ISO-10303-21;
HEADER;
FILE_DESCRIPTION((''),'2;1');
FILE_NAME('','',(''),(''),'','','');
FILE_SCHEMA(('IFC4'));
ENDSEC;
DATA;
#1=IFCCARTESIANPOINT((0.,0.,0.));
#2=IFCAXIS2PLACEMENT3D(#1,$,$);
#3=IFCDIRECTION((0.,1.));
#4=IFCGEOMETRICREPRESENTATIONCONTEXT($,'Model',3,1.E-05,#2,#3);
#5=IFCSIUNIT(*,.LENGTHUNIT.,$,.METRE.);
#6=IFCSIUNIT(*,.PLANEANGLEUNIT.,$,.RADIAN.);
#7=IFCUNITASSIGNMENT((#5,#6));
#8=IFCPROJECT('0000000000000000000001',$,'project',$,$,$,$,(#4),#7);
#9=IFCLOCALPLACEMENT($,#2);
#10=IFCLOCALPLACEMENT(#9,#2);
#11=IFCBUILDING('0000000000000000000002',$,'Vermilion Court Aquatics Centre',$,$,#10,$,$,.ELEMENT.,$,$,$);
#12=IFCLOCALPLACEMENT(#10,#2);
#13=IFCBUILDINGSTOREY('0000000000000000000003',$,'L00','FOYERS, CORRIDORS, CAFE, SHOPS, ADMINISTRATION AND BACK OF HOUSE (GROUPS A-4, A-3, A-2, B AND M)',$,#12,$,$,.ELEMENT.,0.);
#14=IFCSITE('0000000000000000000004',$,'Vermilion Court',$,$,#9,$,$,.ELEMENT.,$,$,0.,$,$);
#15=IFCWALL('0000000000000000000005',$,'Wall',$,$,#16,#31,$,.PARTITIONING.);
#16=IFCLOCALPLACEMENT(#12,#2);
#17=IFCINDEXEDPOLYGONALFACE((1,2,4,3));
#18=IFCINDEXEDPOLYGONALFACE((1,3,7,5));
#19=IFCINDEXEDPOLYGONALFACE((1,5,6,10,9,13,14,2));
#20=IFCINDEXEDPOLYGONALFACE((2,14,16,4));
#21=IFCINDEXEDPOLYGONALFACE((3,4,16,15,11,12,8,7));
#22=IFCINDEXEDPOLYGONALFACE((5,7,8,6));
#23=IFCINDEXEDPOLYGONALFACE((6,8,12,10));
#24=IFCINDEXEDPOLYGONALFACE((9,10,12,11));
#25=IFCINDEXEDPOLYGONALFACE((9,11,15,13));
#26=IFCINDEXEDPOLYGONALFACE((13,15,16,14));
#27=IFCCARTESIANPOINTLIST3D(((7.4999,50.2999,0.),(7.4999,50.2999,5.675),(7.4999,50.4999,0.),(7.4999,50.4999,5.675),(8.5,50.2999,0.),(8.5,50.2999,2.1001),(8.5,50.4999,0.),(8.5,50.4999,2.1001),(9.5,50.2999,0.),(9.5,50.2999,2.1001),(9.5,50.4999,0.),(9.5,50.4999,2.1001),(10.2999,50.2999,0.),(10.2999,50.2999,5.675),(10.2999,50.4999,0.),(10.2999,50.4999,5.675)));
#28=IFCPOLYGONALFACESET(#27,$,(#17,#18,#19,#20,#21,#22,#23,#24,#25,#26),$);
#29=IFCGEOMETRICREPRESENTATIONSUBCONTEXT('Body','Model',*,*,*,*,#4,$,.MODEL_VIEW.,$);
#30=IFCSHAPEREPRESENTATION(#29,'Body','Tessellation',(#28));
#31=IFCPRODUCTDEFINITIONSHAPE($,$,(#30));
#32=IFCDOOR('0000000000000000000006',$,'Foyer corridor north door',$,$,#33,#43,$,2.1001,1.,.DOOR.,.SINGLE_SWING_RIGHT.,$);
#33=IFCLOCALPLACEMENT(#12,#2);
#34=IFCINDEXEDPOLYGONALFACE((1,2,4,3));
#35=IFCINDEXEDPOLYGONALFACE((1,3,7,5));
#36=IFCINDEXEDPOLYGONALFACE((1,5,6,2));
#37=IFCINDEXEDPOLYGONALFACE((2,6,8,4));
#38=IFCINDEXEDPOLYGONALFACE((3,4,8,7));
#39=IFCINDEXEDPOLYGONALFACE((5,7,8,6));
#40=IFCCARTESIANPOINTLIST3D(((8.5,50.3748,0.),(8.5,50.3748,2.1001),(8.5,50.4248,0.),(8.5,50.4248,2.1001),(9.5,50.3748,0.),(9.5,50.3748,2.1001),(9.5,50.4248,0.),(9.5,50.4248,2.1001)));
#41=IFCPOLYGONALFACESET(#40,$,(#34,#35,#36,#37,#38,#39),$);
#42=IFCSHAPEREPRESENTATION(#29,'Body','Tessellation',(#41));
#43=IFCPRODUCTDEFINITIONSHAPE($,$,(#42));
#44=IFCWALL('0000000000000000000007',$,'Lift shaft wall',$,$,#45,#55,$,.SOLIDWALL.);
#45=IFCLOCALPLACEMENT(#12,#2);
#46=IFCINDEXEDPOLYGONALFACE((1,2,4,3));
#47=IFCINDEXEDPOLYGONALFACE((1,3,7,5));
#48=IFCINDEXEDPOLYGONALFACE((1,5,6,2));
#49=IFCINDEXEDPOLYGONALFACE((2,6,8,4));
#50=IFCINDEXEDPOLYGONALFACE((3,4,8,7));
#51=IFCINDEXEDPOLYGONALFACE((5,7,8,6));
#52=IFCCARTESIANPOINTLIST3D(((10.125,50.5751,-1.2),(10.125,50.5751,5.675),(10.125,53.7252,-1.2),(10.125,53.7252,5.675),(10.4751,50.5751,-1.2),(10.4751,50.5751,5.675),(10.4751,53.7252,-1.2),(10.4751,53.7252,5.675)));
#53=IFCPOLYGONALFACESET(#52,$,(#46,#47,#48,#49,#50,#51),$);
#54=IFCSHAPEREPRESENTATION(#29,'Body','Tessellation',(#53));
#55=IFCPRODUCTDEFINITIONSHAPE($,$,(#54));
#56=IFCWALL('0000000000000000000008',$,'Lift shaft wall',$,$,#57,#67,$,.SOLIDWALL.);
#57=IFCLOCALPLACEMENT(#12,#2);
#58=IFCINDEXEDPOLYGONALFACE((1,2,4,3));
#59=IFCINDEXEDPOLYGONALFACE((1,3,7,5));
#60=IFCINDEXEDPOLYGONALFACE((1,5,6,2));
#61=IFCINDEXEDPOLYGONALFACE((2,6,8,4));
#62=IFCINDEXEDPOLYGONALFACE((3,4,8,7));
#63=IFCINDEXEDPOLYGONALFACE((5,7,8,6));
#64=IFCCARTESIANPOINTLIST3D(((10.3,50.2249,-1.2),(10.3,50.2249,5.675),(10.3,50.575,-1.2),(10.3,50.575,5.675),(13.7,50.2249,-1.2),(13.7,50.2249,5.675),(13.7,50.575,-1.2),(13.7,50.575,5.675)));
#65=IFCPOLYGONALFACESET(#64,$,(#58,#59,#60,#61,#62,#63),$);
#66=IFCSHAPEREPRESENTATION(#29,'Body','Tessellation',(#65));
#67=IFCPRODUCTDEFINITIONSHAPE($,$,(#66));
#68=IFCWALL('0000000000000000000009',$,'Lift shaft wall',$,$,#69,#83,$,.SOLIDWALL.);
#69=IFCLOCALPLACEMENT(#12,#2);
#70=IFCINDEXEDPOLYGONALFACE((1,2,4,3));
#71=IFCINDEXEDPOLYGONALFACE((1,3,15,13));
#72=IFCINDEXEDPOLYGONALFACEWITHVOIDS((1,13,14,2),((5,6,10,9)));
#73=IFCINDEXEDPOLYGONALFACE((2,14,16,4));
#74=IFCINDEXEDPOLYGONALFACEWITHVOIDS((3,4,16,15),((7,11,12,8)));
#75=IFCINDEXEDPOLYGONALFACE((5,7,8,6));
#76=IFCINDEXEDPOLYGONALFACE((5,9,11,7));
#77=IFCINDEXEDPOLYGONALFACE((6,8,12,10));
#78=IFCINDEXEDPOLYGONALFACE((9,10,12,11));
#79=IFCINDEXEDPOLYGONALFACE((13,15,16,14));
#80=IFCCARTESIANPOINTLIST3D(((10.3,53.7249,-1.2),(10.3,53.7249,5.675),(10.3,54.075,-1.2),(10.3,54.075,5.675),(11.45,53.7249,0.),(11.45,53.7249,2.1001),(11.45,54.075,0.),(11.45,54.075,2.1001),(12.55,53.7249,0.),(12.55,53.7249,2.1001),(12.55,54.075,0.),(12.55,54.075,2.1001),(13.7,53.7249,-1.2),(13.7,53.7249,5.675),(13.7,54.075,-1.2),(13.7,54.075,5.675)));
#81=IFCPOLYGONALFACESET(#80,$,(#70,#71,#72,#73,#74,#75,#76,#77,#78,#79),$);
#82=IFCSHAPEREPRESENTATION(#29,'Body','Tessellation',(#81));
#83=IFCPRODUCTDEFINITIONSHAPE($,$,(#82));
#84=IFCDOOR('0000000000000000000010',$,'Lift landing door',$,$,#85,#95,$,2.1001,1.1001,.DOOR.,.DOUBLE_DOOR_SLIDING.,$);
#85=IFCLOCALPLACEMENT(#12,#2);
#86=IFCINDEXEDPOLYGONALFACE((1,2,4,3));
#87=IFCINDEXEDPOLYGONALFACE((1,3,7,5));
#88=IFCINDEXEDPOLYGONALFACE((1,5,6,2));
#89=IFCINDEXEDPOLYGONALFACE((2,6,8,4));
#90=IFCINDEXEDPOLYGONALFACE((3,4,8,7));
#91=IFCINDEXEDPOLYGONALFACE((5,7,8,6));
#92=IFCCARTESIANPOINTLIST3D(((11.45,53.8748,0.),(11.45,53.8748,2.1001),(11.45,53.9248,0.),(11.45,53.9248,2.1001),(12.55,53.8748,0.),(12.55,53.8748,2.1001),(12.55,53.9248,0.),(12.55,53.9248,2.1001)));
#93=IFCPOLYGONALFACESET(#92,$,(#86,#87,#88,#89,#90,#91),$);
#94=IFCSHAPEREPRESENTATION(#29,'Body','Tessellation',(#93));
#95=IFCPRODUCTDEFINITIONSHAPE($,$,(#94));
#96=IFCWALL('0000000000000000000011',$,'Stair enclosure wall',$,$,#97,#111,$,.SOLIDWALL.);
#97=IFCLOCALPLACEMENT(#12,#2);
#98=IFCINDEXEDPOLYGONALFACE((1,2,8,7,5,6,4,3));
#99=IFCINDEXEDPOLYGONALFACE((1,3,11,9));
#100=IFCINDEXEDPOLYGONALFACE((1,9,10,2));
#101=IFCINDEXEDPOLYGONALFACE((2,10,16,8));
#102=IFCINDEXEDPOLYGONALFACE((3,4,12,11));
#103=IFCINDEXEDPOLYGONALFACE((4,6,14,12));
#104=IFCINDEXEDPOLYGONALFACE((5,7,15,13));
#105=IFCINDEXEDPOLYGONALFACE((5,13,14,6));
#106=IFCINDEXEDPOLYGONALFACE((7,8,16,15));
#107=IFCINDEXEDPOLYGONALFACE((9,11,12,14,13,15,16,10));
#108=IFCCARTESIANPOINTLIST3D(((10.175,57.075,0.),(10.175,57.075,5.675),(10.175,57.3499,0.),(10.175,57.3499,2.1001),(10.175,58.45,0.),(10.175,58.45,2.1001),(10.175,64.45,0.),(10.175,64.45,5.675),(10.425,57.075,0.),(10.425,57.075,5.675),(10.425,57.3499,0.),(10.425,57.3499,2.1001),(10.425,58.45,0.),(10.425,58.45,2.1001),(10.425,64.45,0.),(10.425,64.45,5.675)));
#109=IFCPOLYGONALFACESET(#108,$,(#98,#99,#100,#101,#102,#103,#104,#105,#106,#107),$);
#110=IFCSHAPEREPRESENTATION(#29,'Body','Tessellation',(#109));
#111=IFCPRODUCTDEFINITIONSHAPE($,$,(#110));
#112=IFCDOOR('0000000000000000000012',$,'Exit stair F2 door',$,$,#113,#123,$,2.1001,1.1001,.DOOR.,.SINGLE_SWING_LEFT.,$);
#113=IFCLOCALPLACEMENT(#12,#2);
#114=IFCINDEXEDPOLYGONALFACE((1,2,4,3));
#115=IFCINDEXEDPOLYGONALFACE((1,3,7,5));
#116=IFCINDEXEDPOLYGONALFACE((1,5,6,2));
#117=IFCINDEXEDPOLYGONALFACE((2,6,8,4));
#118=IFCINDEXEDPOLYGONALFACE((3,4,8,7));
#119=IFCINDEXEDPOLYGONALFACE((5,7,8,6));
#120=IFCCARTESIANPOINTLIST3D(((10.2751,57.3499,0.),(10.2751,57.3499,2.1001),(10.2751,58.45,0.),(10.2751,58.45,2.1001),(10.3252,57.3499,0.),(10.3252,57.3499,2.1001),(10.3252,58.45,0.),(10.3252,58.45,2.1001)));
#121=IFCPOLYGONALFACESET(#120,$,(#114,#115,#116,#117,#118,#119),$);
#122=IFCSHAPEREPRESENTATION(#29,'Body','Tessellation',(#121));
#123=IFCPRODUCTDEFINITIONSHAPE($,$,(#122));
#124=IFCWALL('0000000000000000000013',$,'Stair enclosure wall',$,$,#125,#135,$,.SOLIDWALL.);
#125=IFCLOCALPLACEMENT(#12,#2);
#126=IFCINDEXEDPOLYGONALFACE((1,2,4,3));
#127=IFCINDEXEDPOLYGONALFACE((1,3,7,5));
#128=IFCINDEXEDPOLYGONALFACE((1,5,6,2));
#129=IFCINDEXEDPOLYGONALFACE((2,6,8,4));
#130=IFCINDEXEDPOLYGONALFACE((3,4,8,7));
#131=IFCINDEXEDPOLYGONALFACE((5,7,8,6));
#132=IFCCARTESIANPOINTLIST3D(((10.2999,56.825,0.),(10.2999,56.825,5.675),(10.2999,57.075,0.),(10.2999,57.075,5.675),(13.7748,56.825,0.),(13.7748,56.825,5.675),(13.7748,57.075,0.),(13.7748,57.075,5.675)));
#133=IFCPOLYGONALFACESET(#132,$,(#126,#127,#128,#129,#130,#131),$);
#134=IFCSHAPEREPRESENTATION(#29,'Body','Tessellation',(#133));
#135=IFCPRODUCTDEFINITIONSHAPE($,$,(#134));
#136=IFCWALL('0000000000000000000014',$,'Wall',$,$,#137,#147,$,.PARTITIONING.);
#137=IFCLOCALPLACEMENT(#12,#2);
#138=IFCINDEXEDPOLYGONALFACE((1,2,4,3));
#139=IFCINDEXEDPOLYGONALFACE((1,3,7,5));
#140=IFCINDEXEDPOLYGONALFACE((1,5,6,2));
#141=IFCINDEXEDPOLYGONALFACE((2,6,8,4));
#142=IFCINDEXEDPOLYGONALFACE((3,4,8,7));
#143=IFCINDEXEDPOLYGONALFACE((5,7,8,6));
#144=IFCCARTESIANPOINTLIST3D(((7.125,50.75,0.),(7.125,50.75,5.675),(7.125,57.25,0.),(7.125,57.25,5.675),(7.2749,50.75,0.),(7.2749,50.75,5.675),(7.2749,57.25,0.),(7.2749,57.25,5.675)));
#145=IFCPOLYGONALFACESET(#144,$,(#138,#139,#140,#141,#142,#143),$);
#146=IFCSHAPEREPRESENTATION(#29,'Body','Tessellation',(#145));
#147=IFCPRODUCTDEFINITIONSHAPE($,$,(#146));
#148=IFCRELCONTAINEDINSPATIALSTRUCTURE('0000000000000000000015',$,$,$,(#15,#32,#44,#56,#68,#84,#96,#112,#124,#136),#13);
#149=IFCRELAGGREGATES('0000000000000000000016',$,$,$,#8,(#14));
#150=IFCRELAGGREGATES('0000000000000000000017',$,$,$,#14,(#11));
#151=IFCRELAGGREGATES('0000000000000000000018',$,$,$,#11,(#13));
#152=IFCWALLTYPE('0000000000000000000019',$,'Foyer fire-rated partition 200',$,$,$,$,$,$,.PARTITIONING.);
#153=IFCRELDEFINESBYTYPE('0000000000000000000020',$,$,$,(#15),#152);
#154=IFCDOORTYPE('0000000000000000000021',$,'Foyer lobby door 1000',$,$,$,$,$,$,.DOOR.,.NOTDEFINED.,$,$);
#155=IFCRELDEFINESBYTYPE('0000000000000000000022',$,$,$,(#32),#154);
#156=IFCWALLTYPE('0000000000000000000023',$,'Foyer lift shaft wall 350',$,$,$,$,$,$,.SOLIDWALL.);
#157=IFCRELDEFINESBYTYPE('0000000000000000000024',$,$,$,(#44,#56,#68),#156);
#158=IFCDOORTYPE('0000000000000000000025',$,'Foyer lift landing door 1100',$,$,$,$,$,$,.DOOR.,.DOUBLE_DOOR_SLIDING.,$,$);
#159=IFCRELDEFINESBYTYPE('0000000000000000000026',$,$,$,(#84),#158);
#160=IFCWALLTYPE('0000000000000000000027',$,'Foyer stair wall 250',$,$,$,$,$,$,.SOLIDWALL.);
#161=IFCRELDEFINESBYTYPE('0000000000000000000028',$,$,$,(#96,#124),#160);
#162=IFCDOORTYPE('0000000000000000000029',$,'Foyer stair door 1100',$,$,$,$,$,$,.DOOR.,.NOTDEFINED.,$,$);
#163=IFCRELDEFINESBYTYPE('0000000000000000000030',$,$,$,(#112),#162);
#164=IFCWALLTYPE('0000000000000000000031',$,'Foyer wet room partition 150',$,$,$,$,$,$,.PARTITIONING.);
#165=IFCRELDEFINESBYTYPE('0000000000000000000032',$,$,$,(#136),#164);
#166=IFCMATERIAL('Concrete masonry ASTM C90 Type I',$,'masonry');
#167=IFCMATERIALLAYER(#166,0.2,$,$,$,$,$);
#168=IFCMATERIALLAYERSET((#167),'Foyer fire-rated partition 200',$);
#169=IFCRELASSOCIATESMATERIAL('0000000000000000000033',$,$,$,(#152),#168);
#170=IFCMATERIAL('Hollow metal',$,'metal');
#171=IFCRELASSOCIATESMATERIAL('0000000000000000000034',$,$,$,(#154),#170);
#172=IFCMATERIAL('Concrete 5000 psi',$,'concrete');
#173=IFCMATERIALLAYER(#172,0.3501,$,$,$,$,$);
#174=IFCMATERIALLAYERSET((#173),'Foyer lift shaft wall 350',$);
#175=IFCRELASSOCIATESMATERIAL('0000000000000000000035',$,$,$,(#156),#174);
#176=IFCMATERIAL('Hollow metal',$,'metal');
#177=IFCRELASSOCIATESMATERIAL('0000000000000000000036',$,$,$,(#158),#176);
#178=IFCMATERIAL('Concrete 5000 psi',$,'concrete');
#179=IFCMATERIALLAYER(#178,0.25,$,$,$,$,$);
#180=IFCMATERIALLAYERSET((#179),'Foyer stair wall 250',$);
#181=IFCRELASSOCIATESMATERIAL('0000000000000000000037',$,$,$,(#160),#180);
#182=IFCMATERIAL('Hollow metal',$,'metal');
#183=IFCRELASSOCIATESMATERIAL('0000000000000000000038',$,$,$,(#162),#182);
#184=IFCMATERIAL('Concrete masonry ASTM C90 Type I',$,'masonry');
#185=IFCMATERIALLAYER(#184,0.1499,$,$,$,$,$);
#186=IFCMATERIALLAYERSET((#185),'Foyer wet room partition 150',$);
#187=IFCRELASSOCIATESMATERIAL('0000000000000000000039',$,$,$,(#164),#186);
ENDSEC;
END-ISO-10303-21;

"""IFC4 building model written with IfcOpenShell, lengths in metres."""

from ifc_helpers import new_model, si_unit, direction, frame, frame_2d, origin, place, context, subcontext, project, spatial, rectangle, extrude, material, layer, layer_set, type_object, element, fill, save


model = new_model("IFC4")

# Units and contexts
model_context = context("Model", 3, precision=1e-05, world=origin(), true_north=direction((0.0, 1.0)))
body_context = subcontext(model_context, "Body", "Model", "MODEL_VIEW")
ifc_project = project(units=[si_unit("LENGTHUNIT", "METRE"), si_unit("PLANEANGLEUNIT", "RADIAN")], contexts=[model_context])

# Site, building, storey
site_placement = place(None, origin())
site = spatial("IfcSite", under=ifc_project, at=site_placement, Name="Vermilion Court", CompositionType="ELEMENT", RefElevation=0.0)
building_placement = place(site_placement, origin())
building = spatial("IfcBuilding", under=site, at=building_placement, Name="Vermilion Court Aquatics Centre", CompositionType="ELEMENT")
storey_placement = place(building_placement, origin())
storey = spatial("IfcBuildingStorey", under=building, at=storey_placement, Name="L00", Description="FOYERS, CORRIDORS, CAFE, SHOPS, ADMINISTRATION AND BACK OF HOUSE (GROUPS A-4, A-3, A-2, B AND M)", CompositionType="ELEMENT", Elevation=0.0)

# Wall, opening, door
ifc_material_1 = material(Name="Concrete masonry ASTM C90 Type I", Category="masonry")
ifc_layer_1 = layer(ifc_material_1, 0.2)
ifc_layer_set_1 = layer_set([ifc_layer_1], Name="Foyer fire-rated partition 200")
wall_type_1 = type_object("IfcWallType", Name="Foyer fire-rated partition 200", PredefinedType="PARTITIONING", material=ifc_layer_set_1)
ifc_material_2 = material(Name="Hollow metal", Category="metal")
door_type_1 = type_object("IfcDoorType", Name="Foyer lobby door 1000", OperationType="NOTDEFINED", PredefinedType="DOOR", material=ifc_material_2)
wall_1_placement = place(storey_placement, frame((7.5, 50.3999, 0.0), z_axis=(0.0, 0.0, 1.0), x_axis=(1.0, 0.0, 0.0)))
wall_1 = element("IfcWall", 1, at=wall_1_placement, inside=storey, type_object=wall_type_1, Name="Wall", PredefinedType="PARTITIONING", context=body_context, shape_type="SweptSolid", body=[
    extrude(rectangle(XDim=2.8, YDim=0.2, at=frame_2d((1.3999, 0.0))), origin(), (0.0, 0.0, 1.0), 5.675),
])
opening_1_placement = place(wall_1_placement, frame((1.0, 0.0, 0.0)))
opening_1 = element("IfcOpeningElement", 2, at=opening_1_placement, cuts=wall_1, PredefinedType="OPENING", context=body_context, shape_type="SweptSolid", body=[
    extrude(rectangle(XDim=1.0, YDim=2.1001, at=frame_2d((0.5, 1.05))), frame((0.0, 0.1099, 0.0), z_axis=(0.0, -1.0, 0.0), x_axis=(1.0, 0.0, 0.0)), (0.0, 0.0, 1.0), 0.22),
])
door_1_placement = place(opening_1_placement, origin())
door_1 = element("IfcDoor", 3, at=door_1_placement, inside=storey, type_object=door_type_1, Name="Foyer corridor north door", OperationType="SINGLE_SWING_RIGHT", OverallHeight=2.1001, OverallWidth=1.0, PredefinedType="DOOR", context=body_context, shape_type="SweptSolid", body=[
    extrude(rectangle(XDim=1.0, YDim=2.1001, at=frame_2d((0.5, 1.05))), frame((0.0, 0.0249, 0.0), z_axis=(0.0, -1.0, 0.0), x_axis=(1.0, 0.0, 0.0)), (0.0, 0.0, 1.0), 0.05),
])
fill(opening_1, door_1)

# Walls
ifc_material_3 = material(Name="Concrete 5000 psi", Category="concrete")
ifc_layer_2 = layer(ifc_material_3, 0.3501)
ifc_layer_set_2 = layer_set([ifc_layer_2], Name="Foyer lift shaft wall 350")
wall_type_2 = type_object("IfcWallType", Name="Foyer lift shaft wall 350", PredefinedType="SOLIDWALL", material=ifc_layer_set_2)
wall_2_placement = place(storey_placement, frame((10.3, 50.575, -1.2), z_axis=(0.0, 0.0, 1.0), x_axis=(0.0, 1.0, 0.0)))
element("IfcWall", 4, at=wall_2_placement, inside=storey, type_object=wall_type_2, Name="Lift shaft wall", PredefinedType="SOLIDWALL", context=body_context, shape_type="SweptSolid", body=[
    extrude(rectangle(XDim=3.1501, YDim=0.3501, at=frame_2d((1.5752, 0.0))), origin(), (0.0, 0.0, 1.0), 6.875),
])
wall_3_placement = place(storey_placement, frame((10.3, 50.3999, -1.2), z_axis=(0.0, 0.0, 1.0), x_axis=(1.0, 0.0, 0.0)))
element("IfcWall", 5, at=wall_3_placement, inside=storey, type_object=wall_type_2, Name="Lift shaft wall", PredefinedType="SOLIDWALL", context=body_context, shape_type="SweptSolid", body=[
    extrude(rectangle(XDim=3.3999, YDim=0.3501, at=frame_2d((1.7, 0.0))), origin(), (0.0, 0.0, 1.0), 6.875),
])

# Walls, openings, doors
wall_4_placement = place(storey_placement, frame((10.3, 53.8999, -1.2), z_axis=(0.0, 0.0, 1.0), x_axis=(1.0, 0.0, 0.0)))
wall_4 = element("IfcWall", 6, at=wall_4_placement, inside=storey, type_object=wall_type_2, Name="Lift shaft wall", PredefinedType="SOLIDWALL", context=body_context, shape_type="SweptSolid", body=[
    extrude(rectangle(XDim=3.3999, YDim=0.3501, at=frame_2d((1.7, 0.0))), origin(), (0.0, 0.0, 1.0), 6.875),
])
opening_2_placement = place(wall_4_placement, frame((1.1499, 0.0, 1.2)))
opening_2 = element("IfcOpeningElement", 7, at=opening_2_placement, cuts=wall_4, PredefinedType="OPENING", context=body_context, shape_type="SweptSolid", body=[
    extrude(rectangle(XDim=1.1001, YDim=2.1001, at=frame_2d((0.55, 1.05))), frame((0.0, 0.1851, 0.0), z_axis=(0.0, -1.0, 0.0), x_axis=(1.0, 0.0, 0.0)), (0.0, 0.0, 1.0), 0.3701),
])
ifc_material_4 = material(Name="Hollow metal", Category="metal")
door_type_2 = type_object("IfcDoorType", Name="Foyer lift landing door 1100", OperationType="DOUBLE_DOOR_SLIDING", PredefinedType="DOOR", material=ifc_material_4)
door_2_placement = place(opening_2_placement, origin())
door_2 = element("IfcDoor", 8, at=door_2_placement, inside=storey, type_object=door_type_2, Name="Lift landing door", OperationType="DOUBLE_DOOR_SLIDING", OverallHeight=2.1001, OverallWidth=1.1001, PredefinedType="DOOR", context=body_context, shape_type="SweptSolid", body=[
    extrude(rectangle(XDim=1.1001, YDim=2.1001, at=frame_2d((0.55, 1.05))), frame((0.0, 0.0249, 0.0), z_axis=(0.0, -1.0, 0.0), x_axis=(1.0, 0.0, 0.0)), (0.0, 0.0, 1.0), 0.05),
])
fill(opening_2, door_2)
ifc_material_5 = material(Name="Concrete 5000 psi", Category="concrete")
ifc_layer_3 = layer(ifc_material_5, 0.25)
ifc_layer_set_3 = layer_set([ifc_layer_3], Name="Foyer stair wall 250")
wall_type_3 = type_object("IfcWallType", Name="Foyer stair wall 250", PredefinedType="SOLIDWALL", material=ifc_layer_set_3)
wall_5_placement = place(storey_placement, frame((10.3, 57.075, 0.0), z_axis=(0.0, 0.0, 1.0), x_axis=(0.0, 1.0, 0.0)))
wall_5 = element("IfcWall", 9, at=wall_5_placement, inside=storey, type_object=wall_type_3, Name="Stair enclosure wall", PredefinedType="SOLIDWALL", context=body_context, shape_type="SweptSolid", body=[
    extrude(rectangle(XDim=7.375, YDim=0.25, at=frame_2d((3.6875, 0.0))), origin(), (0.0, 0.0, 1.0), 5.675),
])
opening_3_placement = place(wall_5_placement, frame((0.2749, 0.0, 0.0)))
opening_3 = element("IfcOpeningElement", 10, at=opening_3_placement, cuts=wall_5, PredefinedType="OPENING", context=body_context, shape_type="SweptSolid", body=[
    extrude(rectangle(XDim=1.1001, YDim=2.1001, at=frame_2d((0.55, 1.05))), frame((0.0, 0.135, 0.0), z_axis=(0.0, -1.0, 0.0), x_axis=(1.0, 0.0, 0.0)), (0.0, 0.0, 1.0), 0.27),
])
ifc_material_6 = material(Name="Hollow metal", Category="metal")
door_type_3 = type_object("IfcDoorType", Name="Foyer stair door 1100", OperationType="NOTDEFINED", PredefinedType="DOOR", material=ifc_material_6)
door_3_placement = place(opening_3_placement, origin())
door_3 = element("IfcDoor", 11, at=door_3_placement, inside=storey, type_object=door_type_3, Name="Exit stair F2 door", OperationType="SINGLE_SWING_LEFT", OverallHeight=2.1001, OverallWidth=1.1001, PredefinedType="DOOR", context=body_context, shape_type="SweptSolid", body=[
    extrude(rectangle(XDim=1.1001, YDim=2.1001, at=frame_2d((0.55, 1.05))), frame((0.0, 0.0249, 0.0), z_axis=(0.0, -1.0, 0.0), x_axis=(1.0, 0.0, 0.0)), (0.0, 0.0, 1.0), 0.05),
])
fill(opening_3, door_3)

# Walls
wall_6_placement = place(storey_placement, frame((10.3, 56.95, 0.0), z_axis=(0.0, 0.0, 1.0), x_axis=(1.0, 0.0, 0.0)))
element("IfcWall", 12, at=wall_6_placement, inside=storey, type_object=wall_type_3, Name="Stair enclosure wall", PredefinedType="SOLIDWALL", context=body_context, shape_type="SweptSolid", body=[
    extrude(rectangle(XDim=3.4749, YDim=0.25, at=frame_2d((1.7373, 0.0))), origin(), (0.0, 0.0, 1.0), 5.675),
])
ifc_material_7 = material(Name="Concrete masonry ASTM C90 Type I", Category="masonry")
ifc_layer_4 = layer(ifc_material_7, 0.1499)
ifc_layer_set_4 = layer_set([ifc_layer_4], Name="Foyer wet room partition 150")
wall_type_4 = type_object("IfcWallType", Name="Foyer wet room partition 150", PredefinedType="PARTITIONING", material=ifc_layer_set_4)
wall_7_placement = place(storey_placement, frame((7.2, 50.75, 0.0), z_axis=(0.0, 0.0, 1.0), x_axis=(0.0, 1.0, 0.0)))
element("IfcWall", 13, at=wall_7_placement, inside=storey, type_object=wall_type_4, Name="Wall", PredefinedType="PARTITIONING", context=body_context, shape_type="SweptSolid", body=[
    extrude(rectangle(XDim=6.5, YDim=0.1499, at=frame_2d((3.25, 0.0))), origin(), (0.0, 0.0, 1.0), 5.675),
])

save(model, "model.ifc")
